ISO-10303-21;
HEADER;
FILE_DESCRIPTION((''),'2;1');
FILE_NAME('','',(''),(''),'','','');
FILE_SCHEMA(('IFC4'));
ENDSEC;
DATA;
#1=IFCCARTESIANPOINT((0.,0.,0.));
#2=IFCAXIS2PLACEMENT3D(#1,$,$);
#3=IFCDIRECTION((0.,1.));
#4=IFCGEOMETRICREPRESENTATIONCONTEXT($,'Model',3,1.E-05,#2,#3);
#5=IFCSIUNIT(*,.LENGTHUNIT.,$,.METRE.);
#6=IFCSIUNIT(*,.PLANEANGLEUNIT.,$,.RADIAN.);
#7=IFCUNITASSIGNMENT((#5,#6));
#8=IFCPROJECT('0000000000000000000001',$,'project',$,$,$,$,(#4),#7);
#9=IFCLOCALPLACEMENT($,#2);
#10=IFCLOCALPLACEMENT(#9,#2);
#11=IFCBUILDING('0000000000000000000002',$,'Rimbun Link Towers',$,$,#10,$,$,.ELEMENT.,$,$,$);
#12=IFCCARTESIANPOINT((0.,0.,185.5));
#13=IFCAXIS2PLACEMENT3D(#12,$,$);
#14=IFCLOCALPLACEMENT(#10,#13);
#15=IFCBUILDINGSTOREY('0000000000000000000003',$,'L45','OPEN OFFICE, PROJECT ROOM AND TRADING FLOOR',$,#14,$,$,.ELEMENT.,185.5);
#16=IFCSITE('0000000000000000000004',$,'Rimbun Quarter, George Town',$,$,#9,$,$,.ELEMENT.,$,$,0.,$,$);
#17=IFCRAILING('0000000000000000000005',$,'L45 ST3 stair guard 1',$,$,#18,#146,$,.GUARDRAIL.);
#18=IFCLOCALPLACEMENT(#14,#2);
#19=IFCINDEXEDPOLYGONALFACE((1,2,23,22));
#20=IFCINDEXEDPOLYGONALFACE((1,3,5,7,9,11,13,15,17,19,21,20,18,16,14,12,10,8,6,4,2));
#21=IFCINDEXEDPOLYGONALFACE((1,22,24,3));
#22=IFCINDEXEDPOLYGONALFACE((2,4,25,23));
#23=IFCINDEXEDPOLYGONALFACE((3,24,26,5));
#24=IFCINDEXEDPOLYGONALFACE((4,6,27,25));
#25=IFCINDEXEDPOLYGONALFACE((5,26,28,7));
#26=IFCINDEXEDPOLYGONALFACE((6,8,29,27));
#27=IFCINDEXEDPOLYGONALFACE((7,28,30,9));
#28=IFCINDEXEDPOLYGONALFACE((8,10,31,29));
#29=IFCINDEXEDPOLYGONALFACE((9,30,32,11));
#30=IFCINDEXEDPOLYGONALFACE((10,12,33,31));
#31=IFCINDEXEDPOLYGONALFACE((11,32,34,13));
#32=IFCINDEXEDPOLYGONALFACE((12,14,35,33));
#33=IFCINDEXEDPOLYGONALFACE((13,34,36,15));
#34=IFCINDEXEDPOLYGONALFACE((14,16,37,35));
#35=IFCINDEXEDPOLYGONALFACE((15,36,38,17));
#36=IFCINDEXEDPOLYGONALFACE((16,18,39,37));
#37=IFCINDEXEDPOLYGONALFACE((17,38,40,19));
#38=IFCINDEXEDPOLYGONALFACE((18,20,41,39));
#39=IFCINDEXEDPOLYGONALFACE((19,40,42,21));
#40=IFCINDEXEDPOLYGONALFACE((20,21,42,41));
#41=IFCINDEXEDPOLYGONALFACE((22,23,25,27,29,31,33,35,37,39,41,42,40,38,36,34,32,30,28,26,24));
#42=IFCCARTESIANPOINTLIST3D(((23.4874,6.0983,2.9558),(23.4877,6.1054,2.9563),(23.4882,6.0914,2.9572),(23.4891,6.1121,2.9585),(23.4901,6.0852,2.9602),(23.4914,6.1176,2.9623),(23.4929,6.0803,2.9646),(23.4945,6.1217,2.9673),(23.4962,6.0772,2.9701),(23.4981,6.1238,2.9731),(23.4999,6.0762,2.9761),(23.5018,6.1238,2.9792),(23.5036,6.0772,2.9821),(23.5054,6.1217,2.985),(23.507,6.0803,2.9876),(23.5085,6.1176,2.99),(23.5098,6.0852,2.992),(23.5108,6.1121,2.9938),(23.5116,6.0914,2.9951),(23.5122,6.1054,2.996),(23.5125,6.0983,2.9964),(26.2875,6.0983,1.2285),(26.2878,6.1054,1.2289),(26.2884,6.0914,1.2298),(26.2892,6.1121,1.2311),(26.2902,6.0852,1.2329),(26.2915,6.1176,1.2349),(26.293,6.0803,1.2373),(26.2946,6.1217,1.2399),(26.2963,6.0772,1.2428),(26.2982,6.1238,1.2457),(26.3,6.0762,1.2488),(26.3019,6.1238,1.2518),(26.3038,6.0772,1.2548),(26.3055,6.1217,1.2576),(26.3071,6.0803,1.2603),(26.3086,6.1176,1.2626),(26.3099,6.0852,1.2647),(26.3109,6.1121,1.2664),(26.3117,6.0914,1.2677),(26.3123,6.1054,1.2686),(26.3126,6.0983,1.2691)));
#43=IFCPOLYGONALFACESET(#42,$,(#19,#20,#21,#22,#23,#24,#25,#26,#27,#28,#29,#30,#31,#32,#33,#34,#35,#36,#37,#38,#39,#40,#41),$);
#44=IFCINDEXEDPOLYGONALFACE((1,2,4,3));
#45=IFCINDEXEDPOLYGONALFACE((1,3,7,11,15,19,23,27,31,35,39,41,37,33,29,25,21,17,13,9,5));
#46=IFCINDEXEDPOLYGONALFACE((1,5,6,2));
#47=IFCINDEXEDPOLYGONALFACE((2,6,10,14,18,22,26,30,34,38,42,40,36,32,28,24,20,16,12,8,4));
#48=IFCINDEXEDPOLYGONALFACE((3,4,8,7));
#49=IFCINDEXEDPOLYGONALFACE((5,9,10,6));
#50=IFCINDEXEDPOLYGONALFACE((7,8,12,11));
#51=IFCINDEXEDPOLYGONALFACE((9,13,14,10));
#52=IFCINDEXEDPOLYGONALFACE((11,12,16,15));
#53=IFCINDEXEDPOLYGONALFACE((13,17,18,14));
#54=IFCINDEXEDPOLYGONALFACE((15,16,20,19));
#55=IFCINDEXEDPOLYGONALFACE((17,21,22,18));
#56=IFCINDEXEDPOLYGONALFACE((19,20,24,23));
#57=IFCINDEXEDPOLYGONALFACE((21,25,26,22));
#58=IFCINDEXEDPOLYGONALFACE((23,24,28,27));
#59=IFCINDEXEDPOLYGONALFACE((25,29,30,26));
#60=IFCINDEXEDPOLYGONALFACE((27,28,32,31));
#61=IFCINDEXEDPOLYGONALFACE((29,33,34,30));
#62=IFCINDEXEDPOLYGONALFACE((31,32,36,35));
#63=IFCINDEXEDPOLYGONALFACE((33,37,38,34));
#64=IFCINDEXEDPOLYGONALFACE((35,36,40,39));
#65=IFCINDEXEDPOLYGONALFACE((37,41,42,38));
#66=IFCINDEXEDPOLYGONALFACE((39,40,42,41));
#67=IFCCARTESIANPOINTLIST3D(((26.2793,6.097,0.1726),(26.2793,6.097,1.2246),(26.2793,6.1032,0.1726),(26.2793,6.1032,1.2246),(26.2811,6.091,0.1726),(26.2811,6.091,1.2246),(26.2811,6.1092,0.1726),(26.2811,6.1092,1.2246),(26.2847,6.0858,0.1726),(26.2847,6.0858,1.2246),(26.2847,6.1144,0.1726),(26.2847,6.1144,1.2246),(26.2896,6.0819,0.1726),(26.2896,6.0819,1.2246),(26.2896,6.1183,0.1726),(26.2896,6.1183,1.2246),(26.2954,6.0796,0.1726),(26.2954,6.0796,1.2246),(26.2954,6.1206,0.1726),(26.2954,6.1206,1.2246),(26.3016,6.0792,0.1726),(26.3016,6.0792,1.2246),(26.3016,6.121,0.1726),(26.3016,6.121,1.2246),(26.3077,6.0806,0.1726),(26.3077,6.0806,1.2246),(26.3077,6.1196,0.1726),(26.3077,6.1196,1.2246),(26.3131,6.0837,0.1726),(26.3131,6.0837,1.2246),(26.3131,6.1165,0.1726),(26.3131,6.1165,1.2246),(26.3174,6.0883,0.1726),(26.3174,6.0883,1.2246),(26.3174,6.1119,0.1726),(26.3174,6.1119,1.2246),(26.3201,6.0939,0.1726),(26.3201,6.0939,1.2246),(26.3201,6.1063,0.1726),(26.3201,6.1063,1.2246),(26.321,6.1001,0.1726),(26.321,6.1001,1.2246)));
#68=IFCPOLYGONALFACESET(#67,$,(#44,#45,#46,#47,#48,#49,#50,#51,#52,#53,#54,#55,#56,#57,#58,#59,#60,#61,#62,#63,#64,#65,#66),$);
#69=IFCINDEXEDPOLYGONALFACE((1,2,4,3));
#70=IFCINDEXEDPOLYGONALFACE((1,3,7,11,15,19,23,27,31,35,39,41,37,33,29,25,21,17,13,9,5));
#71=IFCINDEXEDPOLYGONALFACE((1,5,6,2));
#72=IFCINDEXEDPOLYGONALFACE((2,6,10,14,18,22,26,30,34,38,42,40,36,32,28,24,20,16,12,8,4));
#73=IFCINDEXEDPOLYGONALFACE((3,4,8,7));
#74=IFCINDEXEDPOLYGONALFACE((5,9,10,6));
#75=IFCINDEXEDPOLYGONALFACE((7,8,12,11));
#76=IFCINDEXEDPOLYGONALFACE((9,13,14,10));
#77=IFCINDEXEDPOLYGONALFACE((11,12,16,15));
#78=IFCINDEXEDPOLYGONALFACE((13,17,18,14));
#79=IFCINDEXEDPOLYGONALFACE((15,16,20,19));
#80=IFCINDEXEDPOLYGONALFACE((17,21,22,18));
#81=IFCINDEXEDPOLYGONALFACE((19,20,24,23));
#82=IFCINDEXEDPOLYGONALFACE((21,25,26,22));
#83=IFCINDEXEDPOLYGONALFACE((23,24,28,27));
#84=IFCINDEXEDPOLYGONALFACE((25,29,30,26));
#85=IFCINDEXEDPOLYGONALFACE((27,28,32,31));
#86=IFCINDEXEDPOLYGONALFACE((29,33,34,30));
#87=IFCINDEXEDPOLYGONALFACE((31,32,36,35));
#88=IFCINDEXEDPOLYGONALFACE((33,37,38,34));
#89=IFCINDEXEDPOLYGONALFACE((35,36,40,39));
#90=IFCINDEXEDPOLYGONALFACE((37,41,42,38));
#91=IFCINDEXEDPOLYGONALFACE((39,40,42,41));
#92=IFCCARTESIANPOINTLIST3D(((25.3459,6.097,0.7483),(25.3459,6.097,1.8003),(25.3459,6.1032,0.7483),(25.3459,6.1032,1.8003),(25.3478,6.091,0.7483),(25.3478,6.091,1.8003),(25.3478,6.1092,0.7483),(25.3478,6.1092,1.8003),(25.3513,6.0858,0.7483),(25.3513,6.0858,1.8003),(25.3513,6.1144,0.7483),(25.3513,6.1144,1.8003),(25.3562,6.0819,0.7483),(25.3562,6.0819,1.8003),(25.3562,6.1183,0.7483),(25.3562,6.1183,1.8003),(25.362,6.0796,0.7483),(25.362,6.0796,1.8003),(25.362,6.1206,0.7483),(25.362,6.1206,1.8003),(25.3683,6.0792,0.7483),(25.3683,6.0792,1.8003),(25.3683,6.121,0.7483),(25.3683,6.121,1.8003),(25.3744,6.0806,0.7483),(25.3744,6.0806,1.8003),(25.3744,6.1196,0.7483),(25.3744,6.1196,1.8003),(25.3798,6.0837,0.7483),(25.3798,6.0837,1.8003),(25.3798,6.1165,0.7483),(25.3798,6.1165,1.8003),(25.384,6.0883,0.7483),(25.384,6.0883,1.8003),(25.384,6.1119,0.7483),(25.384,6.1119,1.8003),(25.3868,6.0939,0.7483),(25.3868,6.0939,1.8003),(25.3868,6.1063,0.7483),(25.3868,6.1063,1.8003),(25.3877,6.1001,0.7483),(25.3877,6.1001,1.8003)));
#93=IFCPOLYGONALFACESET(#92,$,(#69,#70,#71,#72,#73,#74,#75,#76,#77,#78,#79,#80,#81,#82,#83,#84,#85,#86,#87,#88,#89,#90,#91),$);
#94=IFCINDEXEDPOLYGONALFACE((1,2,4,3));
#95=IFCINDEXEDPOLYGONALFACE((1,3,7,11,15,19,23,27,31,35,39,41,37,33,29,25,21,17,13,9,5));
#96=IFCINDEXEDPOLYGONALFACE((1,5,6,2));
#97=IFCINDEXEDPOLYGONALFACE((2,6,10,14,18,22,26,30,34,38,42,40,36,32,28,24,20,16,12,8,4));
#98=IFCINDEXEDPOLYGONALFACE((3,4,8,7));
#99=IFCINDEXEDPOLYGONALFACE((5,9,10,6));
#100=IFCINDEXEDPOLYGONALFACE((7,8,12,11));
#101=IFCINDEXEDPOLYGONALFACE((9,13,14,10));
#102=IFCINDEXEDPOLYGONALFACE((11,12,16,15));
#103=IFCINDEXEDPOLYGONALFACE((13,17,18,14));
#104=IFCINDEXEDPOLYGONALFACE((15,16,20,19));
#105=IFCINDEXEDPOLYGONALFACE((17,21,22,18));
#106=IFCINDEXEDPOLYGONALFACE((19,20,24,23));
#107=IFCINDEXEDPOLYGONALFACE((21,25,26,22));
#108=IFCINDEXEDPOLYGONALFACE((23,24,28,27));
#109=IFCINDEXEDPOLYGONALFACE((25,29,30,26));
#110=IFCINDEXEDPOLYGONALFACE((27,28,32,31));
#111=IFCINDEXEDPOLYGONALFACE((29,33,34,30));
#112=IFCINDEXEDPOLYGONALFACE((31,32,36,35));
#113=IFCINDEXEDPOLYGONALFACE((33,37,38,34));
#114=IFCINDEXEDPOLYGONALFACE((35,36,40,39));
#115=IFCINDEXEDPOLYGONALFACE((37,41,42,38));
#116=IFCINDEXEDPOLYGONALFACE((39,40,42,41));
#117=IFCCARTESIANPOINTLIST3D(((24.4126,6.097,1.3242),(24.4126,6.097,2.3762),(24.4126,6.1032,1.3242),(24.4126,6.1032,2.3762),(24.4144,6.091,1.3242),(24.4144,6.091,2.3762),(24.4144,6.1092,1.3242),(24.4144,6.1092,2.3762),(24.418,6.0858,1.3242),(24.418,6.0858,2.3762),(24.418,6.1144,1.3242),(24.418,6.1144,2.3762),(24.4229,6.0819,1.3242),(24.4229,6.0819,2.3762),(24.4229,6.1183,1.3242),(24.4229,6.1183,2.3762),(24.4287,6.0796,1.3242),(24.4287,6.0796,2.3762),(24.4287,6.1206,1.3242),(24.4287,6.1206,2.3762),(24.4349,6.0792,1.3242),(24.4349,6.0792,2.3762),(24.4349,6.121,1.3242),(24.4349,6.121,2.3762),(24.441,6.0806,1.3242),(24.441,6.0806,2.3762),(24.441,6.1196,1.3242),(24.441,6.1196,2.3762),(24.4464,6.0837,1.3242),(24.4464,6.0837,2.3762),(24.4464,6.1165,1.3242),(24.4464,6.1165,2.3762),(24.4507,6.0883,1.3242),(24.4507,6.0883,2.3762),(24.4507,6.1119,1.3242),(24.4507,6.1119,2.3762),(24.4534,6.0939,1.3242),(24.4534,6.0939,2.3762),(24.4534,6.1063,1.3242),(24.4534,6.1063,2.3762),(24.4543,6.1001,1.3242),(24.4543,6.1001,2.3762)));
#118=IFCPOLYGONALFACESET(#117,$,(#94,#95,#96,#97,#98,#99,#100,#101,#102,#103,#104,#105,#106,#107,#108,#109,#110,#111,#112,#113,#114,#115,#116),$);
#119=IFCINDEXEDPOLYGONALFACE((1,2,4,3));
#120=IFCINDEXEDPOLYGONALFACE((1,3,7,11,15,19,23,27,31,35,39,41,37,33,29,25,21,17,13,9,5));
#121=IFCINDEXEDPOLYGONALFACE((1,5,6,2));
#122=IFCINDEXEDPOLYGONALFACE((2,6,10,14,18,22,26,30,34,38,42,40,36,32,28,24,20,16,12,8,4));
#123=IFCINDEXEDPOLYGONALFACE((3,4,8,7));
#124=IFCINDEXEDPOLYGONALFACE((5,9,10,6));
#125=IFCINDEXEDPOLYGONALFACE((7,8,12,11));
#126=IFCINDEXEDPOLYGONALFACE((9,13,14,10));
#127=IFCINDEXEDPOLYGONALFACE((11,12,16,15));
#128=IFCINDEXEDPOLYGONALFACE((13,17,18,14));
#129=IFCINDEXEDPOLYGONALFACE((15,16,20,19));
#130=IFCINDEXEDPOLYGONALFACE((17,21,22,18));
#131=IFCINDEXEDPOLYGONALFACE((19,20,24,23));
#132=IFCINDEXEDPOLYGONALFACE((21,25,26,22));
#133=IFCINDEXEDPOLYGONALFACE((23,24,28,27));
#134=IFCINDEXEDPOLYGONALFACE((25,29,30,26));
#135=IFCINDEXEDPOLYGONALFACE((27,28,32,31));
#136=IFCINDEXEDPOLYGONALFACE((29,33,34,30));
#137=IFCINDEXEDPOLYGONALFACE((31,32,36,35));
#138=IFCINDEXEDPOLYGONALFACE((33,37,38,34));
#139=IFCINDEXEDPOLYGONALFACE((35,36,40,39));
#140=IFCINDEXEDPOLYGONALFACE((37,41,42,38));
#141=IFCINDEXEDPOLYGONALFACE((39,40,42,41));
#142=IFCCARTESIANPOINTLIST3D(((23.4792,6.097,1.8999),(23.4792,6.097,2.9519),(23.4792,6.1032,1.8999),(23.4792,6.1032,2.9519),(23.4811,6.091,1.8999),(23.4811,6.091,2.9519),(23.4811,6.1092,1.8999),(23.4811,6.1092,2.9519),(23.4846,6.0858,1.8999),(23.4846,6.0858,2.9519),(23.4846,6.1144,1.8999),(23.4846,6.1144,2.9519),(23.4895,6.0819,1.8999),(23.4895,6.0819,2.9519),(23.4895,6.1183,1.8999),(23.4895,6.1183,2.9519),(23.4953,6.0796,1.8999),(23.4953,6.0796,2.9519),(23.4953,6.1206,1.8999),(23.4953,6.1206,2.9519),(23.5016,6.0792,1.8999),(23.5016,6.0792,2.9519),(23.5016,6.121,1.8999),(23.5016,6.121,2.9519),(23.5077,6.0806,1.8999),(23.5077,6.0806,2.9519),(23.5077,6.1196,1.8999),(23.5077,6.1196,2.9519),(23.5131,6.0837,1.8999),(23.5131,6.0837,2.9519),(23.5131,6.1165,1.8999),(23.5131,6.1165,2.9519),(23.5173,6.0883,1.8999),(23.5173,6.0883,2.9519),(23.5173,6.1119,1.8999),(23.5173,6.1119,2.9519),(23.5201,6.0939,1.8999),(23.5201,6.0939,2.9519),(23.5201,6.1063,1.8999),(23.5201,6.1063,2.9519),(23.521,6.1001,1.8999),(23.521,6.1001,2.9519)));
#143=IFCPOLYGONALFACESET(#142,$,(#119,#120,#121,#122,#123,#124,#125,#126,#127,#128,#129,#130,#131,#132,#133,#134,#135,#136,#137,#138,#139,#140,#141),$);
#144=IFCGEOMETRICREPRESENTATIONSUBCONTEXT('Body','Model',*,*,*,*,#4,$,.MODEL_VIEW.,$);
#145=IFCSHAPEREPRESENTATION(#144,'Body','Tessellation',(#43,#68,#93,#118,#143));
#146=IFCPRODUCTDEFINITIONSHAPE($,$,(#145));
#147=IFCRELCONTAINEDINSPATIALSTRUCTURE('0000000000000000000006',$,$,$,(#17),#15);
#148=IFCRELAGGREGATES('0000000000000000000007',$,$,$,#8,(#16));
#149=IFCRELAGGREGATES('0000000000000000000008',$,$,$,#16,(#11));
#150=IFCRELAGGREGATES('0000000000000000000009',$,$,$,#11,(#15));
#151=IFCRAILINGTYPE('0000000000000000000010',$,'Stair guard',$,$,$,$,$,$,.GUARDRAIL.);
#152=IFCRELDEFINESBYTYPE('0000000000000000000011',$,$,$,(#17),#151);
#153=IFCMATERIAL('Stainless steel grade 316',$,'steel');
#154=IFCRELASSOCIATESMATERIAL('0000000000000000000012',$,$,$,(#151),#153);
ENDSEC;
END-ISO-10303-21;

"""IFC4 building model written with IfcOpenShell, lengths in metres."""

from ifc_helpers import new_model, si_unit, direction, frame, origin, origin_2d, place, context, subcontext, project, spatial, circle, extrude, material, type_object, element, save


model = new_model("IFC4")

# Units and contexts
model_context = context("Model", 3, precision=1e-05, world=origin(), true_north=direction((0.0, 1.0)))
body_context = subcontext(model_context, "Body", "Model", "MODEL_VIEW")
ifc_project = project(units=[si_unit("LENGTHUNIT", "METRE"), si_unit("PLANEANGLEUNIT", "RADIAN")], contexts=[model_context])

# Site, building, storey
site_placement = place(None, origin())
site = spatial("IfcSite", under=ifc_project, at=site_placement, Name="Rimbun Quarter, George Town", CompositionType="ELEMENT", RefElevation=0.0)
building_placement = place(site_placement, origin())
building = spatial("IfcBuilding", under=site, at=building_placement, Name="Rimbun Link Towers", CompositionType="ELEMENT")
storey_placement = place(building_placement, frame((0.0, 0.0, 185.5)))
storey = spatial("IfcBuildingStorey", under=building, at=storey_placement, Name="L45", Description="OPEN OFFICE, PROJECT ROOM AND TRADING FLOOR", CompositionType="ELEMENT", Elevation=185.5)

# Railing
ifc_material_1 = material(Name="Stainless steel grade 316", Category="steel")
railing_type_1 = type_object("IfcRailingType", Name="Stair guard", PredefinedType="GUARDRAIL", material=ifc_material_1)
railing_1_placement = place(storey_placement, frame((26.3, 6.1001, 0.1726)))
element("IfcRailing", 1, at=railing_1_placement, inside=storey, type_object=railing_type_1, Name="L45 ST3 stair guard 1", PredefinedType="GUARDRAIL", context=body_context, shape_type="SweptSolid", body=[
    extrude(circle(Radius=0.0239, at=origin_2d()), frame((0.0, 0.0, 1.0762), z_axis=(-0.85109, 0.0, 0.52502), x_axis=(0.0, -1.0, 0.0)), (0.0, 0.0, 1.0), 3.29),
    extrude(circle(Radius=0.021, at=origin_2d()), origin(), (0.0, 0.0, 1.0), 1.052),
    extrude(circle(Radius=0.021, at=origin_2d()), frame((-0.9333, 0.0, 0.5757)), (0.0, 0.0, 1.0), 1.052),
    extrude(circle(Radius=0.021, at=origin_2d()), frame((-1.8667, 0.0, 1.1516)), (0.0, 0.0, 1.0), 1.052),
    extrude(circle(Radius=0.021, at=origin_2d()), frame((-2.8, 0.0, 1.7273)), (0.0, 0.0, 1.0), 1.052),
])

save(model, "model.ifc")
